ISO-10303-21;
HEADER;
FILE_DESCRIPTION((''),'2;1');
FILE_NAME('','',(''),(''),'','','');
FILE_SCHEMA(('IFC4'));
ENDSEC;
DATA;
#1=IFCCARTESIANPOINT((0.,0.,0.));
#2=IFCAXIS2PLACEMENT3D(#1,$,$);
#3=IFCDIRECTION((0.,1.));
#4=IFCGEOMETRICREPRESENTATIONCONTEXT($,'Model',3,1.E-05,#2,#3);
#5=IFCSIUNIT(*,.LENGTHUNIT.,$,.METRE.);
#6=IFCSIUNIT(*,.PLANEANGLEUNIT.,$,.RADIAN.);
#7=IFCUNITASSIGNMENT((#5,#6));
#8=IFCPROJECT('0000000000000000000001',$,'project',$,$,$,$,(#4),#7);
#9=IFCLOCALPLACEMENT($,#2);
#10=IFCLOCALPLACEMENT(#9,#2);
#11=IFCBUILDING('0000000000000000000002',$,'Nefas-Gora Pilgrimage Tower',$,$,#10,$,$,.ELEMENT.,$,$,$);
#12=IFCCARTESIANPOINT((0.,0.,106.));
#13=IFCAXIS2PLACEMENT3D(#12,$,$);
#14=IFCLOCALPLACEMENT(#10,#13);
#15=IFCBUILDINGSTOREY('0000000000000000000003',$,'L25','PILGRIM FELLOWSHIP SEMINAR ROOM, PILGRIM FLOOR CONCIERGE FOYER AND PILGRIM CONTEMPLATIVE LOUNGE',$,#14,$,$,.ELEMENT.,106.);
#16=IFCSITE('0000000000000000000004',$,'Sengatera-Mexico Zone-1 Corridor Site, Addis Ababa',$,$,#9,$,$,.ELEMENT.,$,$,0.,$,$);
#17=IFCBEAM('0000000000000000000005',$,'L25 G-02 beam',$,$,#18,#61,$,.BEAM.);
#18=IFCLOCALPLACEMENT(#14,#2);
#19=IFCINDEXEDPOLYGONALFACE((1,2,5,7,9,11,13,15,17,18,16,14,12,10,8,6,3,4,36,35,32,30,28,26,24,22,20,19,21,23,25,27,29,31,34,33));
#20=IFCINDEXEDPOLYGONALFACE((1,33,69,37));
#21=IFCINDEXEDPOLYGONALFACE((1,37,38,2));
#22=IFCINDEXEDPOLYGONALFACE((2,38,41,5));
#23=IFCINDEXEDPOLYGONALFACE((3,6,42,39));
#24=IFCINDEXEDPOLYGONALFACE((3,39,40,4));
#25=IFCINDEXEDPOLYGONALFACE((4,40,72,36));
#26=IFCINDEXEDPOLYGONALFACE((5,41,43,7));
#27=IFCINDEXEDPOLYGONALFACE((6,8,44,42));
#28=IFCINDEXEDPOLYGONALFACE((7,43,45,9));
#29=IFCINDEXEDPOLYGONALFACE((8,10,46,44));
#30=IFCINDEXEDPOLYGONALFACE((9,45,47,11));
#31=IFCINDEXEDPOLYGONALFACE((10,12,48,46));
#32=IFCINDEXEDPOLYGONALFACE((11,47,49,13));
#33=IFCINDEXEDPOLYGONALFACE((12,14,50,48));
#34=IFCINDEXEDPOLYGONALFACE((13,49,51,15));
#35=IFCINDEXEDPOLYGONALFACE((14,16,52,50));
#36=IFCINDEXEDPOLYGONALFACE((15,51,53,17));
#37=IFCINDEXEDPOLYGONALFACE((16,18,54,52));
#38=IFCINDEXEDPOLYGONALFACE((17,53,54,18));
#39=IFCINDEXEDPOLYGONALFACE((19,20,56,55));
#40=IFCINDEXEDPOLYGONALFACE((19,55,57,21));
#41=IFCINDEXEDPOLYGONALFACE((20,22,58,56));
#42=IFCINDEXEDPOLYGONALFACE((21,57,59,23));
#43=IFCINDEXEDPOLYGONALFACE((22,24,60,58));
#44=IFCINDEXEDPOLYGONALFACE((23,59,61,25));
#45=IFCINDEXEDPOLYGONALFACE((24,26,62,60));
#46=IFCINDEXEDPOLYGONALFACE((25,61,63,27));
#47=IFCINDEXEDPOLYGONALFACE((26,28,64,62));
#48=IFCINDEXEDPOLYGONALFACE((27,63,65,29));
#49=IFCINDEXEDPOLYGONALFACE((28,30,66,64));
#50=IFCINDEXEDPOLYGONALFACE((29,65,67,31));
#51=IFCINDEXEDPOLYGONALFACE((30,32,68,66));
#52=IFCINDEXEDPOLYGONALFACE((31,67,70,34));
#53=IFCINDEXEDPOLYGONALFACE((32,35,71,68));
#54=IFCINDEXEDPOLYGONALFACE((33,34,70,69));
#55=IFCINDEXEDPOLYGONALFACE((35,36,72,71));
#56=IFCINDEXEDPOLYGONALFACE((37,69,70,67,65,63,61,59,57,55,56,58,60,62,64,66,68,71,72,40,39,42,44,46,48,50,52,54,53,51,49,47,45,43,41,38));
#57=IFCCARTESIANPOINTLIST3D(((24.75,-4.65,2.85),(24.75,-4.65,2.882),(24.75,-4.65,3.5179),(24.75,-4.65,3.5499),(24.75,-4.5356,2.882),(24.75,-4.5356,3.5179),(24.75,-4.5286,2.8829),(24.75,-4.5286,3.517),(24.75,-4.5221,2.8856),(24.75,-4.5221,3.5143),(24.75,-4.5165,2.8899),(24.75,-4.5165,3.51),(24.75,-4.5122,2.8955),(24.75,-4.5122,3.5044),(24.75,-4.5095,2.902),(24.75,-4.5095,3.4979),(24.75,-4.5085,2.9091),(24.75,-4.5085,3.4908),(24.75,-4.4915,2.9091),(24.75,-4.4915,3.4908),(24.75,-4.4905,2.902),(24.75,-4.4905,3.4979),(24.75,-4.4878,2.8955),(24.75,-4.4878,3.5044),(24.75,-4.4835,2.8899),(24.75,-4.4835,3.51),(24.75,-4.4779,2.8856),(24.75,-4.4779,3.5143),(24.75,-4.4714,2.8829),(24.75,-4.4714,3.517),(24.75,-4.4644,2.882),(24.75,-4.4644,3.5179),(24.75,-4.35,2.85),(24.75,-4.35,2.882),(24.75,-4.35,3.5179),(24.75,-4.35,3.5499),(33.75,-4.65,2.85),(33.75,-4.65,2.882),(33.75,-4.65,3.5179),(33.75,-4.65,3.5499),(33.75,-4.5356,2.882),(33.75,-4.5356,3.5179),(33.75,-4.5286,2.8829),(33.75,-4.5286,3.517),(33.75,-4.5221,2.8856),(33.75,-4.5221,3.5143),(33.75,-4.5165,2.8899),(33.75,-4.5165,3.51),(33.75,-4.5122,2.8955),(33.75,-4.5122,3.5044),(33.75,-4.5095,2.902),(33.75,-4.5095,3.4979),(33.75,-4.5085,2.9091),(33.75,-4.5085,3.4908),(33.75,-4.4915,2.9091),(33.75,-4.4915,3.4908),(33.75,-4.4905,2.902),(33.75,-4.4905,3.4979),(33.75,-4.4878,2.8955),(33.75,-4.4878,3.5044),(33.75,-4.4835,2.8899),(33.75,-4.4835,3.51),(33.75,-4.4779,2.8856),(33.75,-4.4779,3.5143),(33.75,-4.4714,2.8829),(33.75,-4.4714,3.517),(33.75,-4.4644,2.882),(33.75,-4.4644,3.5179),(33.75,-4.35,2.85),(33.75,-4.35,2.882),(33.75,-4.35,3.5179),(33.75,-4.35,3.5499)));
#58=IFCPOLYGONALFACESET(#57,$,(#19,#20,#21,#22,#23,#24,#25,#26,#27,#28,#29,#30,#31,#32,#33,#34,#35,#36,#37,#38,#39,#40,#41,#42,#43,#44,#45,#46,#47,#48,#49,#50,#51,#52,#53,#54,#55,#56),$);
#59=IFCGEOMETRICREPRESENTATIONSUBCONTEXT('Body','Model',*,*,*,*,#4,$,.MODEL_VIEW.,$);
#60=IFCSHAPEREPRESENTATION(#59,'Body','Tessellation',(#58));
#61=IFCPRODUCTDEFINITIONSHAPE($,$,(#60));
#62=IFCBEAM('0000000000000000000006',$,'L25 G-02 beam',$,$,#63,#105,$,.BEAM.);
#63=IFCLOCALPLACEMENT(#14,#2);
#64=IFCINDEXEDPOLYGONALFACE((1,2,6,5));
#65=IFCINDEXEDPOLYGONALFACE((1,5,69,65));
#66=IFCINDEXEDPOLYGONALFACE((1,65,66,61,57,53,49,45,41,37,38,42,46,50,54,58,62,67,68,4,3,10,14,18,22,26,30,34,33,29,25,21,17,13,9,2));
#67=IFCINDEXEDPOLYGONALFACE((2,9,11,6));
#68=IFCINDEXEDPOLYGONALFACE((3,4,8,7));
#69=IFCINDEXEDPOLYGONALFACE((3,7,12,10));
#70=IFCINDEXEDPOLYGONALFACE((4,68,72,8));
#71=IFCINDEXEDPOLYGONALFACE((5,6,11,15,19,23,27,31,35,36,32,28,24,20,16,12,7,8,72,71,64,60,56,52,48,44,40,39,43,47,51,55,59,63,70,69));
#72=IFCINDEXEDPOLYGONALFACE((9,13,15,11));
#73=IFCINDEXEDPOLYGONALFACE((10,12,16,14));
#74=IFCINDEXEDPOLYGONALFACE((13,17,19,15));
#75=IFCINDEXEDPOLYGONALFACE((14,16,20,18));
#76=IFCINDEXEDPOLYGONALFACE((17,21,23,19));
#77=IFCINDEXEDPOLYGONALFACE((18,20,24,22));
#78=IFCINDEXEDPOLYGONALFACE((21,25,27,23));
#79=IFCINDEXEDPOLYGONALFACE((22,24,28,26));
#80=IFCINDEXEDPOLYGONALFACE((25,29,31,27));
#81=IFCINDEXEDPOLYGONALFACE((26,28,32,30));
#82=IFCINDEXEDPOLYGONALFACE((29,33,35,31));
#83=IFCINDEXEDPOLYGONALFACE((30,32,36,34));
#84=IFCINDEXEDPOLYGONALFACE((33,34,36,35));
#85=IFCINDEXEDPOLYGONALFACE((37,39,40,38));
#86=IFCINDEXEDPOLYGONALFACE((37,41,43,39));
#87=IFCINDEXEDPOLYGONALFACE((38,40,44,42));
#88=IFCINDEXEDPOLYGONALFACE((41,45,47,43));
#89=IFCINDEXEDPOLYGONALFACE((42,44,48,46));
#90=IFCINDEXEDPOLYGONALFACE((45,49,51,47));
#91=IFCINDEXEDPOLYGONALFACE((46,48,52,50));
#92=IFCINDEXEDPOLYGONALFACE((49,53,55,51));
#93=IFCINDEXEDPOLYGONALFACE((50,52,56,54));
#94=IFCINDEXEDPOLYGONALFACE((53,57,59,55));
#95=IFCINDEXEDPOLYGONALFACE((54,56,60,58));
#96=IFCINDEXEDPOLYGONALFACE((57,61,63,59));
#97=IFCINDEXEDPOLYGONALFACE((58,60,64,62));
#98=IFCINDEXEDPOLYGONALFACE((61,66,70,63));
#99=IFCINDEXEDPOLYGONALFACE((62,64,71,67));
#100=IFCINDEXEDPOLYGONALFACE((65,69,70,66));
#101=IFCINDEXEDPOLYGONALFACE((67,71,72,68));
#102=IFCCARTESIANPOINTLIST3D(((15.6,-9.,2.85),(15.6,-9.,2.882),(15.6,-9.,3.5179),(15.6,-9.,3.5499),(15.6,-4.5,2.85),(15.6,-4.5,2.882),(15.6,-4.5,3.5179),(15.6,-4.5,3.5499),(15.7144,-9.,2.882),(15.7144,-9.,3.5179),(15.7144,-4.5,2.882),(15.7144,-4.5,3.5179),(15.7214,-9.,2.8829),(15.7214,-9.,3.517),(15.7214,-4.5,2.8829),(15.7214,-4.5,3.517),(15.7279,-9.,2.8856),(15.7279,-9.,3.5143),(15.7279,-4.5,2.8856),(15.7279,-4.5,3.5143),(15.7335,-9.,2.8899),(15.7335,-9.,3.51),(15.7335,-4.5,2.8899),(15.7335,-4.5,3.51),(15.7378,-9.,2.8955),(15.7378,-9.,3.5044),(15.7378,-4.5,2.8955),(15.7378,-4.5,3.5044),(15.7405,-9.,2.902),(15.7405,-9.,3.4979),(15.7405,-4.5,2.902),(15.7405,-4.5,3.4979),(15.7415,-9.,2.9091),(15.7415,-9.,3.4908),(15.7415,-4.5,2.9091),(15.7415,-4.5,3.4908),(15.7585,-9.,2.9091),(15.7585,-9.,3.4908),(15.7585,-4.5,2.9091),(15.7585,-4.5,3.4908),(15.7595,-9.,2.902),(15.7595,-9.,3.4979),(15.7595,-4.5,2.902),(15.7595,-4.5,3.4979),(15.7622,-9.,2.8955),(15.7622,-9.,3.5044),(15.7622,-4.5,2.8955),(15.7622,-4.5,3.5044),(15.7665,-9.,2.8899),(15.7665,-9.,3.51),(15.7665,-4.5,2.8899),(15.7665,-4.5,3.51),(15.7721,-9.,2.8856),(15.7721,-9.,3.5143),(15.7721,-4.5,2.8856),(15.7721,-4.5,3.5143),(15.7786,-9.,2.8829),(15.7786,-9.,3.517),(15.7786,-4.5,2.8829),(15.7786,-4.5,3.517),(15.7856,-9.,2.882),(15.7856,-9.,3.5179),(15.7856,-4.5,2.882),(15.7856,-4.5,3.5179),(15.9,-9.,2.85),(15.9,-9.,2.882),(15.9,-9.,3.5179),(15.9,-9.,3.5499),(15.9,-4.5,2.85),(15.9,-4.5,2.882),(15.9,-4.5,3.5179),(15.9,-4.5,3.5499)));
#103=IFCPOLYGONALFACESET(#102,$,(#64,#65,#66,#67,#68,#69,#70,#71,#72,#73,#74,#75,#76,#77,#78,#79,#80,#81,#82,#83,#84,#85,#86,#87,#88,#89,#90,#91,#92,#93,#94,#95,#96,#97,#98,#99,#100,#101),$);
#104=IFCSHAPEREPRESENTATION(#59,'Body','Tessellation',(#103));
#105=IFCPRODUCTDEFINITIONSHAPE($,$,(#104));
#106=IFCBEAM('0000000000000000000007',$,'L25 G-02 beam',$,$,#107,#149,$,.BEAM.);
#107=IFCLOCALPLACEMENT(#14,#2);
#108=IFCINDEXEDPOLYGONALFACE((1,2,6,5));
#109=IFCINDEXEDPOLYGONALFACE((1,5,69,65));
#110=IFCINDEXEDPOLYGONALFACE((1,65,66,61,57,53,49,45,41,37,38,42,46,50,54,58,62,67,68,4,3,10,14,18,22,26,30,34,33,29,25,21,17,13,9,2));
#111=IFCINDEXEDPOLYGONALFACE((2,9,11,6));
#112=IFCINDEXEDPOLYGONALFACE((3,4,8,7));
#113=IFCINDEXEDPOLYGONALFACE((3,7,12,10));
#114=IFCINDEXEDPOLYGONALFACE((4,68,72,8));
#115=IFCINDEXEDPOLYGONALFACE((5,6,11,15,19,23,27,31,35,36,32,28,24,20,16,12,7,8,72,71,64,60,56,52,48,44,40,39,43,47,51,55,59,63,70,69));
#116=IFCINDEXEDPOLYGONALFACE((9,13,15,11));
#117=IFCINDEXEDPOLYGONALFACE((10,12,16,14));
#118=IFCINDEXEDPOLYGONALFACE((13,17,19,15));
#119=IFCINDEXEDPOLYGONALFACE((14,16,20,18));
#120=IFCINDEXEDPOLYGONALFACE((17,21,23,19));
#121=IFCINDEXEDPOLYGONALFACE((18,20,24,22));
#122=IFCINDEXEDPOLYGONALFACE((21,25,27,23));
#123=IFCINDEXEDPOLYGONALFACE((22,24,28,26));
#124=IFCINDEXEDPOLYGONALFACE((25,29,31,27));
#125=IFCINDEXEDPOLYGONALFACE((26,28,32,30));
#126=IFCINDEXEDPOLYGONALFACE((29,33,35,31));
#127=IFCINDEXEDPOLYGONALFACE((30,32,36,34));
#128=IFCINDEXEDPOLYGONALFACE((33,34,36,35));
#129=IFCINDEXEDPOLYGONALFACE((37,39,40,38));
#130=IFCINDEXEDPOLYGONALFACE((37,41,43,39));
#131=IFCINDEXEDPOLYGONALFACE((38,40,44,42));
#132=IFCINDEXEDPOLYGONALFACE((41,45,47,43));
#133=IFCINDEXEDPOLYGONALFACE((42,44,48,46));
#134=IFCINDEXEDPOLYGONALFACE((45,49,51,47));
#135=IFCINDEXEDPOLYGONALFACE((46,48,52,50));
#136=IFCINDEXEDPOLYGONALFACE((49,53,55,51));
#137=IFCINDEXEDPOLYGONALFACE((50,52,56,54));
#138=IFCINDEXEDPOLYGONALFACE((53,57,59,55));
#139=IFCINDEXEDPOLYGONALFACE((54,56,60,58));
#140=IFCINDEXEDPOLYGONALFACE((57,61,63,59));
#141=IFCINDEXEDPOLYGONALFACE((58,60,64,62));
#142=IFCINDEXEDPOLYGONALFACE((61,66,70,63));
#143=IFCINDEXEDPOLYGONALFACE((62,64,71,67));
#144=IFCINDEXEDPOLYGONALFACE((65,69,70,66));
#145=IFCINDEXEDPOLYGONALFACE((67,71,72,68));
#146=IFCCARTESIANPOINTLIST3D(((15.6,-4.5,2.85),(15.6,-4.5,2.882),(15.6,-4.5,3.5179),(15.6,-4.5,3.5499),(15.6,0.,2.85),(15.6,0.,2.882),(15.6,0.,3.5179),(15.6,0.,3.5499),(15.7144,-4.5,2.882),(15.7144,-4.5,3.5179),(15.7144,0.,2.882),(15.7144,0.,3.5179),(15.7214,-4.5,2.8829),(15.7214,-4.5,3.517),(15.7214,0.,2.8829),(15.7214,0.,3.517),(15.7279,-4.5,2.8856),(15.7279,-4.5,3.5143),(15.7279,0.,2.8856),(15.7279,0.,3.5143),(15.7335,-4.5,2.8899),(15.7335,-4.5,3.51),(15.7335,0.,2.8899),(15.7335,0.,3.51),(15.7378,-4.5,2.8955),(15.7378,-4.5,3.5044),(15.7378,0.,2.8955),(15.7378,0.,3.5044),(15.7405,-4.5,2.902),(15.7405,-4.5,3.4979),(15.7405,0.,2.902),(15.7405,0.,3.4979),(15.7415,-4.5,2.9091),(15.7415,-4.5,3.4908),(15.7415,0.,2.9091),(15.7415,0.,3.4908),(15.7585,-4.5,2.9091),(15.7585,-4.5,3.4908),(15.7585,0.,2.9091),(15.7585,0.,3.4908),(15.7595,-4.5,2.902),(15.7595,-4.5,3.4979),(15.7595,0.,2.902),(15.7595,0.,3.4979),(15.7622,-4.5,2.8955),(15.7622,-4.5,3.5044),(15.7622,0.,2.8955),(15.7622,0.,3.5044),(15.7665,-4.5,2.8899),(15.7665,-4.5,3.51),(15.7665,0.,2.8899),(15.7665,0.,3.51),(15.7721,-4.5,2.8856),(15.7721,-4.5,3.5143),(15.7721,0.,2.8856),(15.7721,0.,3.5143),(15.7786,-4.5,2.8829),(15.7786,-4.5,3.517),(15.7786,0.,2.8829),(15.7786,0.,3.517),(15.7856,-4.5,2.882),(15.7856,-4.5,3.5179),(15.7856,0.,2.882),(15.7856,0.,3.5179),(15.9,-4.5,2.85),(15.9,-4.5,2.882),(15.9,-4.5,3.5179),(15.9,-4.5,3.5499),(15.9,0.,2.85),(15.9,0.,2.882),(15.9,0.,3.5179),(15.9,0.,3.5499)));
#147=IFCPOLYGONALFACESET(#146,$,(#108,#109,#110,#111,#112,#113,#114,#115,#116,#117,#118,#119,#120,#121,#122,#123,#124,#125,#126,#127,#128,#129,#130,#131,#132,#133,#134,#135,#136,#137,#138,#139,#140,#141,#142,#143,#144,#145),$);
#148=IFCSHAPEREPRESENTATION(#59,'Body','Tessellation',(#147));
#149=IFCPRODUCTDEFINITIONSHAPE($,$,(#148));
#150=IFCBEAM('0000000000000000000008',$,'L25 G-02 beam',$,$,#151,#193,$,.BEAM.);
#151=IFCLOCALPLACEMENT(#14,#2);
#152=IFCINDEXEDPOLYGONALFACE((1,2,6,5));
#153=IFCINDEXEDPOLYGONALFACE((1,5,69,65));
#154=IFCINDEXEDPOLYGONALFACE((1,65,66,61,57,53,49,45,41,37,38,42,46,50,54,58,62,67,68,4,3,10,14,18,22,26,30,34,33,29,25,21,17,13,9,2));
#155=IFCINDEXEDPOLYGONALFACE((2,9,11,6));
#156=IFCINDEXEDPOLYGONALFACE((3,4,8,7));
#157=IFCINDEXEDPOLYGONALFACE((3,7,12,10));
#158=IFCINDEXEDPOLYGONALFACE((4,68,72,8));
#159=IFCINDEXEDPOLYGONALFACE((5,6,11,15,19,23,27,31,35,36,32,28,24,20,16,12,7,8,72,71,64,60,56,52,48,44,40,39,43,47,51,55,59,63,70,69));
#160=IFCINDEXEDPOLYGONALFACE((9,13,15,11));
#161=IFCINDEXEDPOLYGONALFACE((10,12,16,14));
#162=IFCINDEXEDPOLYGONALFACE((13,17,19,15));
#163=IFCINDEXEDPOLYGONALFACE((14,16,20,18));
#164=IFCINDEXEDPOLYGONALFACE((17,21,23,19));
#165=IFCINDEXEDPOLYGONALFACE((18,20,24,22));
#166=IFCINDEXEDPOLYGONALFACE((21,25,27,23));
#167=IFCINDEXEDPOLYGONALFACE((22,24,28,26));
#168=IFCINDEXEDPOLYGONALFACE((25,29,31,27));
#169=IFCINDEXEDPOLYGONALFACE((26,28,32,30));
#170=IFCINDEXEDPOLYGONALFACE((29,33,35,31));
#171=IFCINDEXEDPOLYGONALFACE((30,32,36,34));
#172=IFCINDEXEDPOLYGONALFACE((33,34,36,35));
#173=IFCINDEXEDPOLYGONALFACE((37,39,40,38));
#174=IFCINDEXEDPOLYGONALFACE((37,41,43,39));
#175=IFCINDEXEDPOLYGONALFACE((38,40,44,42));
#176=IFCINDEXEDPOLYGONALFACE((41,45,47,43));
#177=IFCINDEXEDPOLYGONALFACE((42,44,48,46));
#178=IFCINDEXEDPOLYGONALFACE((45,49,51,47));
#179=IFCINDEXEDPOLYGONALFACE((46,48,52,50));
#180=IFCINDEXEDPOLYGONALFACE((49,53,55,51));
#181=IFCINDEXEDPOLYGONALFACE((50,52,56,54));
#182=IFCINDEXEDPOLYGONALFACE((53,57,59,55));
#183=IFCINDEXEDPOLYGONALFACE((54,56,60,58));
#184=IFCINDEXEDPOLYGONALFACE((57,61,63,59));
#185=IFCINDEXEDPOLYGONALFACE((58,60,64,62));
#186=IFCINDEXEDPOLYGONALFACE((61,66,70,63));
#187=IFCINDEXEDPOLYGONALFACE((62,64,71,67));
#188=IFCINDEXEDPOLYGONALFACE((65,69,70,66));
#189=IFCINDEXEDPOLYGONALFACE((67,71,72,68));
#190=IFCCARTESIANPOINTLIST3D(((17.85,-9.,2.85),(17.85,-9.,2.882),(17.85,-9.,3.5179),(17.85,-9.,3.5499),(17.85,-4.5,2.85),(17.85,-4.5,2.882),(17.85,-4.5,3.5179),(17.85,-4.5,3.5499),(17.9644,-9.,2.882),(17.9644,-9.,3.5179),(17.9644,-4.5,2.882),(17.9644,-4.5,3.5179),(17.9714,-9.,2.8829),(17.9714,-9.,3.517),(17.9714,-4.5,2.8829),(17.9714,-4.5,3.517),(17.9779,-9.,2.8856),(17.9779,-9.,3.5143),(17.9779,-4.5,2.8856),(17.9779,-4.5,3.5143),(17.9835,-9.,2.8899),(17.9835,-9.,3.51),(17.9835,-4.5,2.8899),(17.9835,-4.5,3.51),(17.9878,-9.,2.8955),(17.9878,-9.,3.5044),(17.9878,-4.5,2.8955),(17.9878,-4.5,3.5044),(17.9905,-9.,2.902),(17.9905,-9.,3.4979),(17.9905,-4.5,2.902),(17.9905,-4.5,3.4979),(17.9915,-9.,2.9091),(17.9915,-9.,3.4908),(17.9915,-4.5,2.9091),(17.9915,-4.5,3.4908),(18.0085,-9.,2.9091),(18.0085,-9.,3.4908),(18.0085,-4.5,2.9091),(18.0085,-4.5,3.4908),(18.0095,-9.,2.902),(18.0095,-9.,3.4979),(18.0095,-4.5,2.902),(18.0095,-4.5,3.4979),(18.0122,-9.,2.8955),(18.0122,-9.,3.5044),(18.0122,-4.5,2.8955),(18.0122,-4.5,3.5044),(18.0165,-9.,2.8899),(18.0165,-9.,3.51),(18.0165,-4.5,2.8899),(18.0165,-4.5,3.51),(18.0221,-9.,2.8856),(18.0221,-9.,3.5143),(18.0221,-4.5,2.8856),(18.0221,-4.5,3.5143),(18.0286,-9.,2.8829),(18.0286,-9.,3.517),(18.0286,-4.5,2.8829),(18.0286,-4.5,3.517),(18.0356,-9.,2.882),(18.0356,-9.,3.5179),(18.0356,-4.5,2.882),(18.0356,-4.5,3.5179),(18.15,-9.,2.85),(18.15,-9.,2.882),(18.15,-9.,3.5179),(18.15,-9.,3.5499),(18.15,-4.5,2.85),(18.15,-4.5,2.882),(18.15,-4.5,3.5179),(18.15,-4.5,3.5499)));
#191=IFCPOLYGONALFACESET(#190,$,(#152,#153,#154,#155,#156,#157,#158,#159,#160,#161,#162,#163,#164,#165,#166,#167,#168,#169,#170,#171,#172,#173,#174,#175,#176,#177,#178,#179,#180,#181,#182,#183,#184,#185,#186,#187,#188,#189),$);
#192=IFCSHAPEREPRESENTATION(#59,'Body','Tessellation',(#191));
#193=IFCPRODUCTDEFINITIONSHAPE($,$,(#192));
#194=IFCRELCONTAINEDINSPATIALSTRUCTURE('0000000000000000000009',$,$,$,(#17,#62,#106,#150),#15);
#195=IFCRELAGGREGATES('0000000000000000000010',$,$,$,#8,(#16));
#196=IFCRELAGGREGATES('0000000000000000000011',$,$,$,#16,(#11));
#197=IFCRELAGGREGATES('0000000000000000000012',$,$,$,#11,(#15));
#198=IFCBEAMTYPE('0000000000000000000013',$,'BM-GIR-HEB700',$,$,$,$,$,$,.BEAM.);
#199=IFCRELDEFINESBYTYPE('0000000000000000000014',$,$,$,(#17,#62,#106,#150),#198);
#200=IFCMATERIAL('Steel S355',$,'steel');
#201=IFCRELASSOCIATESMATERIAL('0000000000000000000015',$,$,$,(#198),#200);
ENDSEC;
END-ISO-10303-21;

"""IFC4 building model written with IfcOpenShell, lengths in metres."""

from ifc_helpers import new_model, si_unit, direction, frame, origin, origin_2d, place, context, subcontext, project, spatial, i_section, extrude, source, transform, mapped, material, material_profile, profile_set, type_object, element, save


model = new_model("IFC4")

# Units and contexts
model_context = context("Model", 3, precision=1e-05, world=origin(), true_north=direction((0.0, 1.0)))
body_context = subcontext(model_context, "Body", "Model", "MODEL_VIEW")
ifc_project = project(units=[si_unit("LENGTHUNIT", "METRE"), si_unit("PLANEANGLEUNIT", "RADIAN")], contexts=[model_context])

# Site, building, storey
site_placement = place(None, origin())
site = spatial("IfcSite", under=ifc_project, at=site_placement, Name="Sengatera-Mexico Zone-1 Corridor Site, Addis Ababa", CompositionType="ELEMENT", RefElevation=0.0)
building_placement = place(site_placement, origin())
building = spatial("IfcBuilding", under=site, at=building_placement, Name="Nefas-Gora Pilgrimage Tower", CompositionType="ELEMENT")
storey_placement = place(building_placement, frame((0.0, 0.0, 106.0)))
storey = spatial("IfcBuildingStorey", under=building, at=storey_placement, Name="L25", Description="PILGRIM FELLOWSHIP SEMINAR ROOM, PILGRIM FLOOR CONCIERGE FOYER AND PILGRIM CONTEMPLATIVE LOUNGE", CompositionType="ELEMENT", Elevation=106.0)

# Beams
ifc_material_1 = material(Name="Steel S355", Category="steel")
ifc_material_profile_1 = material_profile(ifc_material_1, i_section(OverallWidth=0.3, OverallDepth=0.7, WebThickness=0.0171, FlangeThickness=0.032, FilletRadius=0.0271, at=origin_2d()), Name="HEB 700")
ifc_profile_set_1 = profile_set([ifc_material_profile_1], Name="Steel S355")
beam_type_1 = type_object("IfcBeamType", Name="BM-GIR-HEB700", PredefinedType="BEAM", material=ifc_profile_set_1)
shared_shape_1 = source(origin(), body_context, "Body", "SweptSolid", [
    extrude(i_section(OverallWidth=0.3, OverallDepth=0.7, WebThickness=0.0171, FlangeThickness=0.032, FilletRadius=0.0271, at=origin_2d()), origin(), (0.0, 0.0, 1.0), 9.0),
])
for number, where, z_axis, x_axis, name in (
    (1, (24.75, -4.5, 3.2), (1.0, 0.0, 0.0), (0.0, 1.0, 0.0), "L25 G-02 beam"),
):
    element("IfcBeam", number, at=place(storey_placement, frame(where, z_axis=z_axis, x_axis=x_axis)), inside=storey, type_object=beam_type_1, Name=name, PredefinedType="BEAM", context=body_context, shape_type="MappedRepresentation", body=[
        mapped(shared_shape_1, transform((0.0, 0.0, 0.0), x_axis=(1.0, 0.0, 0.0), y_axis=(0.0, 1.0, 0.0), z_axis=(0.0, 0.0, 1.0), scale=1.0)),
    ])
shared_shape_2 = source(origin(), body_context, "Body", "SweptSolid", [
    extrude(i_section(OverallWidth=0.3, OverallDepth=0.7, WebThickness=0.0171, FlangeThickness=0.032, FilletRadius=0.0271, at=origin_2d()), origin(), (0.0, 0.0, 1.0), 4.5),
])
for number, where, z_axis, x_axis, name in (
    (2, (15.75, -9.0, 3.2), (0.0, 1.0, 0.0), (-1.0, 0.0, 0.0), "L25 G-02 beam"),
    (3, (15.75, -4.5, 3.2), (0.0, 1.0, 0.0), (-1.0, 0.0, 0.0), "L25 G-02 beam"),
    (4, (18.0, -9.0, 3.2), (0.0, 1.0, 0.0), (-1.0, 0.0, 0.0), "L25 G-02 beam"),
):
    element("IfcBeam", number, at=place(storey_placement, frame(where, z_axis=z_axis, x_axis=x_axis)), inside=storey, type_object=beam_type_1, Name=name, PredefinedType="BEAM", context=body_context, shape_type="MappedRepresentation", body=[
        mapped(shared_shape_2, transform((0.0, 0.0, 0.0), x_axis=(1.0, 0.0, 0.0), y_axis=(0.0, 1.0, 0.0), z_axis=(0.0, 0.0, 1.0), scale=1.0)),
    ])

save(model, "model.ifc")
